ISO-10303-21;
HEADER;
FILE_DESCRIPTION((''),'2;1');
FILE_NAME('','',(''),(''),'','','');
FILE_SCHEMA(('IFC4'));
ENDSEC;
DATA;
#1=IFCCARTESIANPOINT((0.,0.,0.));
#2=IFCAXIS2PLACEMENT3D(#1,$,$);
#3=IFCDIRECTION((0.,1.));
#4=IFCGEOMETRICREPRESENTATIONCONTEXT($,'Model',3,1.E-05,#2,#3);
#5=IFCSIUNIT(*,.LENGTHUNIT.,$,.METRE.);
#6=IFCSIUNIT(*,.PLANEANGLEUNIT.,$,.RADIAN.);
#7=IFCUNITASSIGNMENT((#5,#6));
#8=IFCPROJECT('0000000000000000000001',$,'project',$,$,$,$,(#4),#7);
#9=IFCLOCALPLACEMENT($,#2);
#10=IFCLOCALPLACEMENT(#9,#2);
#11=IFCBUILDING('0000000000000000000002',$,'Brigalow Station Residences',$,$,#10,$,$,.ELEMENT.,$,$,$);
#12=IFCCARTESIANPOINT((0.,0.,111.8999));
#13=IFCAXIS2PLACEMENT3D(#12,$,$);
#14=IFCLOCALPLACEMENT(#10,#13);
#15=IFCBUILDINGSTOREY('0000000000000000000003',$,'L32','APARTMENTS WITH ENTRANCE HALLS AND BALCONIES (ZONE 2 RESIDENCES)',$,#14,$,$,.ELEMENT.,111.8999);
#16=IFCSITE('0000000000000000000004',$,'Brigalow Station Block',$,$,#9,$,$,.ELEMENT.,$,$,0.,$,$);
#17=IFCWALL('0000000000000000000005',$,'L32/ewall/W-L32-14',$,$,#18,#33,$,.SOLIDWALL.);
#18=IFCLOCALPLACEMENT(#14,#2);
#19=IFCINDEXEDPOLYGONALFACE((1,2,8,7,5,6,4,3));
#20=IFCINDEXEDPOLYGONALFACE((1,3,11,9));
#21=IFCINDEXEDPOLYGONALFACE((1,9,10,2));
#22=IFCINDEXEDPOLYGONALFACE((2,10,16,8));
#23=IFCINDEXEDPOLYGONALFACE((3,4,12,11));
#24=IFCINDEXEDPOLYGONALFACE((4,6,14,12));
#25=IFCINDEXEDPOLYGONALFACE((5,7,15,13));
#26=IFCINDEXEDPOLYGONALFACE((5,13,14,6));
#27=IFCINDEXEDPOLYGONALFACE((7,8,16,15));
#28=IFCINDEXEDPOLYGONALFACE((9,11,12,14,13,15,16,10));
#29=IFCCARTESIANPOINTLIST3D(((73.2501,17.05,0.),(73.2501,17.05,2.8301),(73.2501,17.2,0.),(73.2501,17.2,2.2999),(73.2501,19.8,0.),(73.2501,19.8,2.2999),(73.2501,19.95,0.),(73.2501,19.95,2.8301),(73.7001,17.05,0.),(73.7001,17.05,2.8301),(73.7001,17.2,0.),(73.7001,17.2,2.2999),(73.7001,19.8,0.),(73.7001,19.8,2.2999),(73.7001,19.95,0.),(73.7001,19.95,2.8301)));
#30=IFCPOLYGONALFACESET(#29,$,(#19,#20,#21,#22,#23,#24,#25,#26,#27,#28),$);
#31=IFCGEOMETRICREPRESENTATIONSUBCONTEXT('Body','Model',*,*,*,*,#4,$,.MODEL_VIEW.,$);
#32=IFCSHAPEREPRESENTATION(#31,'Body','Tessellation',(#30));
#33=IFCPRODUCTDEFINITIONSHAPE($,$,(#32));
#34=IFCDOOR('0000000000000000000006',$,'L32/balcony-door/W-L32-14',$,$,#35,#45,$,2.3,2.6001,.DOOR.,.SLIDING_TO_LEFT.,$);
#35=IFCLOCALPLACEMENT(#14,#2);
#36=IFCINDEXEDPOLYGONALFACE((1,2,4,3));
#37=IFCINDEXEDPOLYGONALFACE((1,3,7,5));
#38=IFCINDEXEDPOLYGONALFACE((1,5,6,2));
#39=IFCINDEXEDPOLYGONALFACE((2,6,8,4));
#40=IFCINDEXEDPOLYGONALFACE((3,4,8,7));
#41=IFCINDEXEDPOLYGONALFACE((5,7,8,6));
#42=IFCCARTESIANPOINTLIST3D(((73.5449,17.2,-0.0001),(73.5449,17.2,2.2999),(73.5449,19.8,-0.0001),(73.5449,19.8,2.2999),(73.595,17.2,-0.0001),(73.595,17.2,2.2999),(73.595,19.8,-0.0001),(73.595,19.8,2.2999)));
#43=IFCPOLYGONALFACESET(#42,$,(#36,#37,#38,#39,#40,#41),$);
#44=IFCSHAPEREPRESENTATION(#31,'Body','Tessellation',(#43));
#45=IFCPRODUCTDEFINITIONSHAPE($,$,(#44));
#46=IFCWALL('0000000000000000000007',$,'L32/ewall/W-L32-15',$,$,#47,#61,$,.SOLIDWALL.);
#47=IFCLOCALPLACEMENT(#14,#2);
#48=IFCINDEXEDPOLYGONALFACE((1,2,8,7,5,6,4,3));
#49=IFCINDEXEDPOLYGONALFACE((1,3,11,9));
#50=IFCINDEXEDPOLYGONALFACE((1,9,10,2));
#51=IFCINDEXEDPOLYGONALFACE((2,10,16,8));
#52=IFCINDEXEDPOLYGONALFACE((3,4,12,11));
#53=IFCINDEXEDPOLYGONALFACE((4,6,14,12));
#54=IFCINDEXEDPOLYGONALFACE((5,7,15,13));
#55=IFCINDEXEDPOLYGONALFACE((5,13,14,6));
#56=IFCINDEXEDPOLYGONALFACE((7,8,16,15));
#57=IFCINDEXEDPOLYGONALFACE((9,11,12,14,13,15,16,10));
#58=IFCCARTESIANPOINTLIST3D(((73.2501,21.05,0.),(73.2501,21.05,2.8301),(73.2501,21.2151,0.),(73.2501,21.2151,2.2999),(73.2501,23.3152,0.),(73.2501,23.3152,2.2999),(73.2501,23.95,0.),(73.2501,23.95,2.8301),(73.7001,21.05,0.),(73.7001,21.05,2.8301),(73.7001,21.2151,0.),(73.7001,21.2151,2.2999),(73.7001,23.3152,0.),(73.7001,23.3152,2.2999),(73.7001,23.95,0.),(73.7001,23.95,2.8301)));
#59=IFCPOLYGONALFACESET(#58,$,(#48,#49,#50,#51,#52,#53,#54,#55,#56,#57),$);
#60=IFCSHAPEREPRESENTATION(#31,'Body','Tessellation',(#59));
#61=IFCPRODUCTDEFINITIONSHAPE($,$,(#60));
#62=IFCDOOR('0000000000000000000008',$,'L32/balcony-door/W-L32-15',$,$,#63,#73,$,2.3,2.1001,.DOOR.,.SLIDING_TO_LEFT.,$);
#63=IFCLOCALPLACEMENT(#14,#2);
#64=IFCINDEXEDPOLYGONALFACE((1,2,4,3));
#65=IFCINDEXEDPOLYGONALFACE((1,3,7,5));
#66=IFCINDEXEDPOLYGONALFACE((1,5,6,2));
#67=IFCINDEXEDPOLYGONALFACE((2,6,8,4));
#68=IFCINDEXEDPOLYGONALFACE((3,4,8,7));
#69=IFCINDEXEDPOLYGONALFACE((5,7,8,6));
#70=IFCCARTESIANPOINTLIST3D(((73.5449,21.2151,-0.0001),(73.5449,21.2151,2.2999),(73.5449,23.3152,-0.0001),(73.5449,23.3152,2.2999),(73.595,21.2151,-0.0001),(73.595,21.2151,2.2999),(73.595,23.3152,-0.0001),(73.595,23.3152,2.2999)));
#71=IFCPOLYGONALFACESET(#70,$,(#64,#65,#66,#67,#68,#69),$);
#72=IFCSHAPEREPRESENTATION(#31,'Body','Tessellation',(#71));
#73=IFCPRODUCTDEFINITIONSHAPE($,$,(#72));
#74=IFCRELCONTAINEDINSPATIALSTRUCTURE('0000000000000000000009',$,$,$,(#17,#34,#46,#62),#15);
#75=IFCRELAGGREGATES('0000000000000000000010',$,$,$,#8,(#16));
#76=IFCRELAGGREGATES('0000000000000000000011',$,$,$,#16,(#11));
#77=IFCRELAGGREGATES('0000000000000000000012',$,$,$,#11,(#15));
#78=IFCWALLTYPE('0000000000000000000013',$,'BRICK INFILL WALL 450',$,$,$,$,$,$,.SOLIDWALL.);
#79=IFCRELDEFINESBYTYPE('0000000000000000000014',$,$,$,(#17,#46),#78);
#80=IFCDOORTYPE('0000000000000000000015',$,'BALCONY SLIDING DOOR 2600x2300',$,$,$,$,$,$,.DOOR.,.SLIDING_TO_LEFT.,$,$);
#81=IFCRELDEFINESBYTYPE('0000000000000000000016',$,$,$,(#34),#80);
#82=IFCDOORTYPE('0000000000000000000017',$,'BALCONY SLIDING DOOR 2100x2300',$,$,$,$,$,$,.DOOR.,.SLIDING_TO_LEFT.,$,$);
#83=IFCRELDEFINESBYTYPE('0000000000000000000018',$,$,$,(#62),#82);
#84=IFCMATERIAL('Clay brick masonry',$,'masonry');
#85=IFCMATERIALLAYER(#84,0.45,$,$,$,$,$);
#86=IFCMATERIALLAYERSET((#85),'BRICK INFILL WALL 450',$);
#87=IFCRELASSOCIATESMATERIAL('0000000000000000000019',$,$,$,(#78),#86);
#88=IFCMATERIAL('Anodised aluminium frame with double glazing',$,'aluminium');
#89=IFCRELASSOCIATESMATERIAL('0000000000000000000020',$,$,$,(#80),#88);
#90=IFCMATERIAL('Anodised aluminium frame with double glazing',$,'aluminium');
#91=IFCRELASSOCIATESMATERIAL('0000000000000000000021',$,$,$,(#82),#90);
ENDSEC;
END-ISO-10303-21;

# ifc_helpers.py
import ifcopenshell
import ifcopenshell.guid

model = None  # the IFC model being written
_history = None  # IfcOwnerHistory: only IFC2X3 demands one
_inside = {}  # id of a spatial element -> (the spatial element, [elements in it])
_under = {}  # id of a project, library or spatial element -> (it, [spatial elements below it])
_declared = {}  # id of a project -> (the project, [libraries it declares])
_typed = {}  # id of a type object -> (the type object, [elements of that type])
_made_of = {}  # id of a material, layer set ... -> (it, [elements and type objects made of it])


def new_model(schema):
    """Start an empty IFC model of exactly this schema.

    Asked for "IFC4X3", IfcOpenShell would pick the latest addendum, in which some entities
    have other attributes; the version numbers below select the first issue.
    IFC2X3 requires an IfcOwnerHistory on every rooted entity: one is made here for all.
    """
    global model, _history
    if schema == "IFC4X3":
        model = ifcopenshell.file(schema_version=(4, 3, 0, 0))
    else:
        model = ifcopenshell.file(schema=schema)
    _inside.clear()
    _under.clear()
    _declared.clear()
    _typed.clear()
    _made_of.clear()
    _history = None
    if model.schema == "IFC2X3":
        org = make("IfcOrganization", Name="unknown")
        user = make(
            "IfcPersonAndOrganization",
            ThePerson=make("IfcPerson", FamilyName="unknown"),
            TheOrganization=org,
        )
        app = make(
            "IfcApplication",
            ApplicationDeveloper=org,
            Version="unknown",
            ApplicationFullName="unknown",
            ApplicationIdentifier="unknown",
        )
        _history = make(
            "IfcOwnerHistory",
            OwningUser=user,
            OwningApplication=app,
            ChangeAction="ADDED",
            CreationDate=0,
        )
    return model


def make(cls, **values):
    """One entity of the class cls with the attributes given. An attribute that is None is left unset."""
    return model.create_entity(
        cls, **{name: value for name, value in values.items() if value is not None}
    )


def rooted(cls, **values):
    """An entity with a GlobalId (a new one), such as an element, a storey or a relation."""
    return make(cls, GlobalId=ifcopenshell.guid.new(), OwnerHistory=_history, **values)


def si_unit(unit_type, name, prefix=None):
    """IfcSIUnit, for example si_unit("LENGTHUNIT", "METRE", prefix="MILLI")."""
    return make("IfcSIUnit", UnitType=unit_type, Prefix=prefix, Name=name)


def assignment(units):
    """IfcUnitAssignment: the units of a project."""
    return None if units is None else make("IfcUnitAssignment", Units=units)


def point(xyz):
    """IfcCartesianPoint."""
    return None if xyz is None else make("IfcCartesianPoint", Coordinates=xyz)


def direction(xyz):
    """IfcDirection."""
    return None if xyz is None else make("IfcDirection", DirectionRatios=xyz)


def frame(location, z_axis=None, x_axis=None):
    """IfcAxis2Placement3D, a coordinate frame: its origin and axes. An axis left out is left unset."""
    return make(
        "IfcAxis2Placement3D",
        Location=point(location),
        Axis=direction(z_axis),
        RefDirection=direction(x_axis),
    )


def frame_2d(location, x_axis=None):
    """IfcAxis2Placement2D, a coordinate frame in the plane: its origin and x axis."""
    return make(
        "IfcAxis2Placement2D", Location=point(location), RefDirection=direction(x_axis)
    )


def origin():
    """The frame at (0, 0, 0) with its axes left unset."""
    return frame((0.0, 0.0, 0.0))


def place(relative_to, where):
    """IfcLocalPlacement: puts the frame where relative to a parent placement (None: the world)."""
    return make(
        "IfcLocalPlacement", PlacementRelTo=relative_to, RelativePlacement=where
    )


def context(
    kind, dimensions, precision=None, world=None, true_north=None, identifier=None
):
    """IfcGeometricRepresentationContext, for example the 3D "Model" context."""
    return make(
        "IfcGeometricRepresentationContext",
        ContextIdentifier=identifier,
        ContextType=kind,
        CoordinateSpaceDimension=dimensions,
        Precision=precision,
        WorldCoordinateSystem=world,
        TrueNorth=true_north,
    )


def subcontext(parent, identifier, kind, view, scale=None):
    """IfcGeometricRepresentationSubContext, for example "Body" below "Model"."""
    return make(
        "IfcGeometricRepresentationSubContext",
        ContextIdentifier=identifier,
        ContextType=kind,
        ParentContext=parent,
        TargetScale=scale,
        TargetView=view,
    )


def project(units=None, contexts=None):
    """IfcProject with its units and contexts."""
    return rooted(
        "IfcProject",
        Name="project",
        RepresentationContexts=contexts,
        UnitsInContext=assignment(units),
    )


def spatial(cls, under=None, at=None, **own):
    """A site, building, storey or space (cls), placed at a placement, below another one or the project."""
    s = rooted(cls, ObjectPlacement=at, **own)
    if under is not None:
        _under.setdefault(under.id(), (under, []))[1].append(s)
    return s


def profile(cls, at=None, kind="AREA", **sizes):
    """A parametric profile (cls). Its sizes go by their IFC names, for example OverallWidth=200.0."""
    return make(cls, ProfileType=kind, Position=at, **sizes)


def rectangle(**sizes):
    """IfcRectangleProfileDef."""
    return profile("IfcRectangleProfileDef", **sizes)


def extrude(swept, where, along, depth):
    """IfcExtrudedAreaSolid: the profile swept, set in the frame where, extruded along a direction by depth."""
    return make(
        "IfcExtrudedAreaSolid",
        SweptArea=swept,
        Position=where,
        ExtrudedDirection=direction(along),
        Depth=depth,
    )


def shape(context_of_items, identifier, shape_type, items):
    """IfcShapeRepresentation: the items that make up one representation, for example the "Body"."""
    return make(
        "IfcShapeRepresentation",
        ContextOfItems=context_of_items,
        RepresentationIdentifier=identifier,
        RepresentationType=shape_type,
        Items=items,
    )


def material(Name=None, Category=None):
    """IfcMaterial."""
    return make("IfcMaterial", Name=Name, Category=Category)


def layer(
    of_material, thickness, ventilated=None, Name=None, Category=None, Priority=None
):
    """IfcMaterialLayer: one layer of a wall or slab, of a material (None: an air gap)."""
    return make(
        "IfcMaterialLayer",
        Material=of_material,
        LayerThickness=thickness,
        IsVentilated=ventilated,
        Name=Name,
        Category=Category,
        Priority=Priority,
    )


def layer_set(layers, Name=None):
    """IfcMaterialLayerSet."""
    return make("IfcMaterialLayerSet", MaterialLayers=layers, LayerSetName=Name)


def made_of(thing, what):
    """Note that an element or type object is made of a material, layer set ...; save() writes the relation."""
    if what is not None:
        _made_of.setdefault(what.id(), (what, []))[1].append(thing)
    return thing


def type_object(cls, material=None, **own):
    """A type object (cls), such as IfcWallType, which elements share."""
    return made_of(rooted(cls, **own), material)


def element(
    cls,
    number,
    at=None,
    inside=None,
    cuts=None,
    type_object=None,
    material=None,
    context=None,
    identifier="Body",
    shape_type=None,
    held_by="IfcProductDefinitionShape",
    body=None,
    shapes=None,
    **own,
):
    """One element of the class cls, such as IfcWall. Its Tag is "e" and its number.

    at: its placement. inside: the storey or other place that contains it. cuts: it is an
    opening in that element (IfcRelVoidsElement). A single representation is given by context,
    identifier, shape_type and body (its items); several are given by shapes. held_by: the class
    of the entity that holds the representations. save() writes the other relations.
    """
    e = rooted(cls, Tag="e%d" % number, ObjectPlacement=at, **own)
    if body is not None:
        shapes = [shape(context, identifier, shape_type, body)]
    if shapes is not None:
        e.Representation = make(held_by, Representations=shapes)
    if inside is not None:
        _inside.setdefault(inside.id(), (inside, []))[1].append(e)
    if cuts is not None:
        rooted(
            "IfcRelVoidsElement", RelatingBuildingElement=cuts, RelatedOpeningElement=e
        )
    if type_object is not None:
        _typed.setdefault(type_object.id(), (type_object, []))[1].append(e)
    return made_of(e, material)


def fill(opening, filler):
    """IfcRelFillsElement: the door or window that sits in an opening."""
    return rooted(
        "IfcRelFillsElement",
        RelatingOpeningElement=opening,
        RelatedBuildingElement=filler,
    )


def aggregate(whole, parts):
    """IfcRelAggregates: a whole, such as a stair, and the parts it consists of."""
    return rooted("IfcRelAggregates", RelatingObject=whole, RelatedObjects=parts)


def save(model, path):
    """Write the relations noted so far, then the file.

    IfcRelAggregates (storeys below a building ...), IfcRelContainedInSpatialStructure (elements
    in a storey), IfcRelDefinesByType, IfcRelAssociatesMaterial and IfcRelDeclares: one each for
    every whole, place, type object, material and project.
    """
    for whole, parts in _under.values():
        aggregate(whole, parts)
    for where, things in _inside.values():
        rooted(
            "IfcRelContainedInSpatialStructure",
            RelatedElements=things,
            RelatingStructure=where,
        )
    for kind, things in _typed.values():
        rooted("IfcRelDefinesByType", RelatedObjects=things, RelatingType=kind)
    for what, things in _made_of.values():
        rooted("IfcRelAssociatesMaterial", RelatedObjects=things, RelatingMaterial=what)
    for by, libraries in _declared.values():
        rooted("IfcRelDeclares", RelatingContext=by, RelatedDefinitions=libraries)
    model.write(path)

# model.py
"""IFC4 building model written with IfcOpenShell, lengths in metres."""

from ifc_helpers import new_model, si_unit, direction, frame, frame_2d, origin, place, context, subcontext, project, spatial, rectangle, extrude, material, layer, layer_set, type_object, element, fill, save


model = new_model("IFC4")

# Units and contexts
model_context = context("Model", 3, precision=1e-05, world=origin(), true_north=direction((0.0, 1.0)))
body_context = subcontext(model_context, "Body", "Model", "MODEL_VIEW")
ifc_project = project(units=[si_unit("LENGTHUNIT", "METRE"), si_unit("PLANEANGLEUNIT", "RADIAN")], contexts=[model_context])

# Site, building, storey
site_placement = place(None, origin())
site = spatial("IfcSite", under=ifc_project, at=site_placement, Name="Brigalow Station Block", CompositionType="ELEMENT", RefElevation=0.0)
building_placement = place(site_placement, origin())
building = spatial("IfcBuilding", under=site, at=building_placement, Name="Brigalow Station Residences", CompositionType="ELEMENT")
storey_placement = place(building_placement, frame((0.0, 0.0, 111.8999)))
storey = spatial("IfcBuildingStorey", under=building, at=storey_placement, Name="L32", Description="APARTMENTS WITH ENTRANCE HALLS AND BALCONIES (ZONE 2 RESIDENCES)", CompositionType="ELEMENT", Elevation=111.8999)

# Shared definitions
ifc_material_1 = material(Name="Clay brick masonry", Category="masonry")
ifc_layer = layer(ifc_material_1, 0.45)
ifc_layer_set = layer_set([ifc_layer], Name="BRICK INFILL WALL 450")
wall_type = type_object("IfcWallType", Name="BRICK INFILL WALL 450", PredefinedType="SOLIDWALL", material=ifc_layer_set)

# Walls, openings, doors
wall_1_placement = place(storey_placement, frame((73.4751, 17.05, 0.0), z_axis=(0.0, 0.0, 1.0), x_axis=(0.0, 1.0, 0.0)))
wall_1 = element("IfcWall", 1, at=wall_1_placement, inside=storey, type_object=wall_type, Name="L32/ewall/W-L32-14", PredefinedType="SOLIDWALL", context=body_context, shape_type="SweptSolid", body=[
    extrude(rectangle(XDim=2.8999, YDim=0.45, at=frame_2d((1.45, 0.0))), origin(), (0.0, 0.0, 1.0), 2.8301),
])
opening_1_placement = place(wall_1_placement, frame((0.1499, 0.0, 0.0)))
opening_1 = element("IfcOpeningElement", 2, at=opening_1_placement, cuts=wall_1, PredefinedType="OPENING", context=body_context, shape_type="SweptSolid", body=[
    extrude(rectangle(XDim=2.6001, YDim=2.3, at=frame_2d((1.3, 1.1499))), frame((0.0, 0.2349, 0.0), z_axis=(0.0, -1.0, 0.0), x_axis=(1.0, 0.0, 0.0)), (0.0, 0.0, 1.0), 0.47),
])
ifc_material_2 = material(Name="Anodised aluminium frame with double glazing", Category="aluminium")
door_type_1 = type_object("IfcDoorType", Name="BALCONY SLIDING DOOR 2600x2300", OperationType="SLIDING_TO_LEFT", PredefinedType="DOOR", material=ifc_material_2)
door_1_placement = place(opening_1_placement, origin())
door_1 = element("IfcDoor", 3, at=door_1_placement, inside=storey, type_object=door_type_1, Name="L32/balcony-door/W-L32-14", OperationType="SLIDING_TO_LEFT", OverallHeight=2.3, OverallWidth=2.6001, PredefinedType="DOOR", context=body_context, shape_type="SweptSolid", body=[
    extrude(rectangle(XDim=2.6001, YDim=2.3, at=frame_2d((1.3, 1.1499))), frame((0.0, -0.0698, 0.0), z_axis=(0.0, -1.0, 0.0), x_axis=(1.0, 0.0, 0.0)), (0.0, 0.0, 1.0), 0.05),
])
fill(opening_1, door_1)
wall_2_placement = place(storey_placement, frame((73.4751, 21.05, 0.0), z_axis=(0.0, 0.0, 1.0), x_axis=(0.0, 1.0, 0.0)))
wall_2 = element("IfcWall", 4, at=wall_2_placement, inside=storey, type_object=wall_type, Name="L32/ewall/W-L32-15", PredefinedType="SOLIDWALL", context=body_context, shape_type="SweptSolid", body=[
    extrude(rectangle(XDim=2.8999, YDim=0.45, at=frame_2d((1.45, 0.0))), origin(), (0.0, 0.0, 1.0), 2.8301),
])
opening_2_placement = place(wall_2_placement, frame((0.165, 0.0, 0.0)))
opening_2 = element("IfcOpeningElement", 5, at=opening_2_placement, cuts=wall_2, PredefinedType="OPENING", context=body_context, shape_type="SweptSolid", body=[
    extrude(rectangle(XDim=2.1001, YDim=2.3, at=frame_2d((1.05, 1.1499))), frame((0.0, 0.2349, 0.0), z_axis=(0.0, -1.0, 0.0), x_axis=(1.0, 0.0, 0.0)), (0.0, 0.0, 1.0), 0.47),
])
ifc_material_3 = material(Name="Anodised aluminium frame with double glazing", Category="aluminium")
door_type_2 = type_object("IfcDoorType", Name="BALCONY SLIDING DOOR 2100x2300", OperationType="SLIDING_TO_LEFT", PredefinedType="DOOR", material=ifc_material_3)
door_2_placement = place(opening_2_placement, origin())
door_2 = element("IfcDoor", 6, at=door_2_placement, inside=storey, type_object=door_type_2, Name="L32/balcony-door/W-L32-15", OperationType="SLIDING_TO_LEFT", OverallHeight=2.3, OverallWidth=2.1001, PredefinedType="DOOR", context=body_context, shape_type="SweptSolid", body=[
    extrude(rectangle(XDim=2.1001, YDim=2.3, at=frame_2d((1.05, 1.1499))), frame((0.0, -0.0698, 0.0), z_axis=(0.0, -1.0, 0.0), x_axis=(1.0, 0.0, 0.0)), (0.0, 0.0, 1.0), 0.05),
])
fill(opening_2, door_2)

save(model, "model.ifc")
